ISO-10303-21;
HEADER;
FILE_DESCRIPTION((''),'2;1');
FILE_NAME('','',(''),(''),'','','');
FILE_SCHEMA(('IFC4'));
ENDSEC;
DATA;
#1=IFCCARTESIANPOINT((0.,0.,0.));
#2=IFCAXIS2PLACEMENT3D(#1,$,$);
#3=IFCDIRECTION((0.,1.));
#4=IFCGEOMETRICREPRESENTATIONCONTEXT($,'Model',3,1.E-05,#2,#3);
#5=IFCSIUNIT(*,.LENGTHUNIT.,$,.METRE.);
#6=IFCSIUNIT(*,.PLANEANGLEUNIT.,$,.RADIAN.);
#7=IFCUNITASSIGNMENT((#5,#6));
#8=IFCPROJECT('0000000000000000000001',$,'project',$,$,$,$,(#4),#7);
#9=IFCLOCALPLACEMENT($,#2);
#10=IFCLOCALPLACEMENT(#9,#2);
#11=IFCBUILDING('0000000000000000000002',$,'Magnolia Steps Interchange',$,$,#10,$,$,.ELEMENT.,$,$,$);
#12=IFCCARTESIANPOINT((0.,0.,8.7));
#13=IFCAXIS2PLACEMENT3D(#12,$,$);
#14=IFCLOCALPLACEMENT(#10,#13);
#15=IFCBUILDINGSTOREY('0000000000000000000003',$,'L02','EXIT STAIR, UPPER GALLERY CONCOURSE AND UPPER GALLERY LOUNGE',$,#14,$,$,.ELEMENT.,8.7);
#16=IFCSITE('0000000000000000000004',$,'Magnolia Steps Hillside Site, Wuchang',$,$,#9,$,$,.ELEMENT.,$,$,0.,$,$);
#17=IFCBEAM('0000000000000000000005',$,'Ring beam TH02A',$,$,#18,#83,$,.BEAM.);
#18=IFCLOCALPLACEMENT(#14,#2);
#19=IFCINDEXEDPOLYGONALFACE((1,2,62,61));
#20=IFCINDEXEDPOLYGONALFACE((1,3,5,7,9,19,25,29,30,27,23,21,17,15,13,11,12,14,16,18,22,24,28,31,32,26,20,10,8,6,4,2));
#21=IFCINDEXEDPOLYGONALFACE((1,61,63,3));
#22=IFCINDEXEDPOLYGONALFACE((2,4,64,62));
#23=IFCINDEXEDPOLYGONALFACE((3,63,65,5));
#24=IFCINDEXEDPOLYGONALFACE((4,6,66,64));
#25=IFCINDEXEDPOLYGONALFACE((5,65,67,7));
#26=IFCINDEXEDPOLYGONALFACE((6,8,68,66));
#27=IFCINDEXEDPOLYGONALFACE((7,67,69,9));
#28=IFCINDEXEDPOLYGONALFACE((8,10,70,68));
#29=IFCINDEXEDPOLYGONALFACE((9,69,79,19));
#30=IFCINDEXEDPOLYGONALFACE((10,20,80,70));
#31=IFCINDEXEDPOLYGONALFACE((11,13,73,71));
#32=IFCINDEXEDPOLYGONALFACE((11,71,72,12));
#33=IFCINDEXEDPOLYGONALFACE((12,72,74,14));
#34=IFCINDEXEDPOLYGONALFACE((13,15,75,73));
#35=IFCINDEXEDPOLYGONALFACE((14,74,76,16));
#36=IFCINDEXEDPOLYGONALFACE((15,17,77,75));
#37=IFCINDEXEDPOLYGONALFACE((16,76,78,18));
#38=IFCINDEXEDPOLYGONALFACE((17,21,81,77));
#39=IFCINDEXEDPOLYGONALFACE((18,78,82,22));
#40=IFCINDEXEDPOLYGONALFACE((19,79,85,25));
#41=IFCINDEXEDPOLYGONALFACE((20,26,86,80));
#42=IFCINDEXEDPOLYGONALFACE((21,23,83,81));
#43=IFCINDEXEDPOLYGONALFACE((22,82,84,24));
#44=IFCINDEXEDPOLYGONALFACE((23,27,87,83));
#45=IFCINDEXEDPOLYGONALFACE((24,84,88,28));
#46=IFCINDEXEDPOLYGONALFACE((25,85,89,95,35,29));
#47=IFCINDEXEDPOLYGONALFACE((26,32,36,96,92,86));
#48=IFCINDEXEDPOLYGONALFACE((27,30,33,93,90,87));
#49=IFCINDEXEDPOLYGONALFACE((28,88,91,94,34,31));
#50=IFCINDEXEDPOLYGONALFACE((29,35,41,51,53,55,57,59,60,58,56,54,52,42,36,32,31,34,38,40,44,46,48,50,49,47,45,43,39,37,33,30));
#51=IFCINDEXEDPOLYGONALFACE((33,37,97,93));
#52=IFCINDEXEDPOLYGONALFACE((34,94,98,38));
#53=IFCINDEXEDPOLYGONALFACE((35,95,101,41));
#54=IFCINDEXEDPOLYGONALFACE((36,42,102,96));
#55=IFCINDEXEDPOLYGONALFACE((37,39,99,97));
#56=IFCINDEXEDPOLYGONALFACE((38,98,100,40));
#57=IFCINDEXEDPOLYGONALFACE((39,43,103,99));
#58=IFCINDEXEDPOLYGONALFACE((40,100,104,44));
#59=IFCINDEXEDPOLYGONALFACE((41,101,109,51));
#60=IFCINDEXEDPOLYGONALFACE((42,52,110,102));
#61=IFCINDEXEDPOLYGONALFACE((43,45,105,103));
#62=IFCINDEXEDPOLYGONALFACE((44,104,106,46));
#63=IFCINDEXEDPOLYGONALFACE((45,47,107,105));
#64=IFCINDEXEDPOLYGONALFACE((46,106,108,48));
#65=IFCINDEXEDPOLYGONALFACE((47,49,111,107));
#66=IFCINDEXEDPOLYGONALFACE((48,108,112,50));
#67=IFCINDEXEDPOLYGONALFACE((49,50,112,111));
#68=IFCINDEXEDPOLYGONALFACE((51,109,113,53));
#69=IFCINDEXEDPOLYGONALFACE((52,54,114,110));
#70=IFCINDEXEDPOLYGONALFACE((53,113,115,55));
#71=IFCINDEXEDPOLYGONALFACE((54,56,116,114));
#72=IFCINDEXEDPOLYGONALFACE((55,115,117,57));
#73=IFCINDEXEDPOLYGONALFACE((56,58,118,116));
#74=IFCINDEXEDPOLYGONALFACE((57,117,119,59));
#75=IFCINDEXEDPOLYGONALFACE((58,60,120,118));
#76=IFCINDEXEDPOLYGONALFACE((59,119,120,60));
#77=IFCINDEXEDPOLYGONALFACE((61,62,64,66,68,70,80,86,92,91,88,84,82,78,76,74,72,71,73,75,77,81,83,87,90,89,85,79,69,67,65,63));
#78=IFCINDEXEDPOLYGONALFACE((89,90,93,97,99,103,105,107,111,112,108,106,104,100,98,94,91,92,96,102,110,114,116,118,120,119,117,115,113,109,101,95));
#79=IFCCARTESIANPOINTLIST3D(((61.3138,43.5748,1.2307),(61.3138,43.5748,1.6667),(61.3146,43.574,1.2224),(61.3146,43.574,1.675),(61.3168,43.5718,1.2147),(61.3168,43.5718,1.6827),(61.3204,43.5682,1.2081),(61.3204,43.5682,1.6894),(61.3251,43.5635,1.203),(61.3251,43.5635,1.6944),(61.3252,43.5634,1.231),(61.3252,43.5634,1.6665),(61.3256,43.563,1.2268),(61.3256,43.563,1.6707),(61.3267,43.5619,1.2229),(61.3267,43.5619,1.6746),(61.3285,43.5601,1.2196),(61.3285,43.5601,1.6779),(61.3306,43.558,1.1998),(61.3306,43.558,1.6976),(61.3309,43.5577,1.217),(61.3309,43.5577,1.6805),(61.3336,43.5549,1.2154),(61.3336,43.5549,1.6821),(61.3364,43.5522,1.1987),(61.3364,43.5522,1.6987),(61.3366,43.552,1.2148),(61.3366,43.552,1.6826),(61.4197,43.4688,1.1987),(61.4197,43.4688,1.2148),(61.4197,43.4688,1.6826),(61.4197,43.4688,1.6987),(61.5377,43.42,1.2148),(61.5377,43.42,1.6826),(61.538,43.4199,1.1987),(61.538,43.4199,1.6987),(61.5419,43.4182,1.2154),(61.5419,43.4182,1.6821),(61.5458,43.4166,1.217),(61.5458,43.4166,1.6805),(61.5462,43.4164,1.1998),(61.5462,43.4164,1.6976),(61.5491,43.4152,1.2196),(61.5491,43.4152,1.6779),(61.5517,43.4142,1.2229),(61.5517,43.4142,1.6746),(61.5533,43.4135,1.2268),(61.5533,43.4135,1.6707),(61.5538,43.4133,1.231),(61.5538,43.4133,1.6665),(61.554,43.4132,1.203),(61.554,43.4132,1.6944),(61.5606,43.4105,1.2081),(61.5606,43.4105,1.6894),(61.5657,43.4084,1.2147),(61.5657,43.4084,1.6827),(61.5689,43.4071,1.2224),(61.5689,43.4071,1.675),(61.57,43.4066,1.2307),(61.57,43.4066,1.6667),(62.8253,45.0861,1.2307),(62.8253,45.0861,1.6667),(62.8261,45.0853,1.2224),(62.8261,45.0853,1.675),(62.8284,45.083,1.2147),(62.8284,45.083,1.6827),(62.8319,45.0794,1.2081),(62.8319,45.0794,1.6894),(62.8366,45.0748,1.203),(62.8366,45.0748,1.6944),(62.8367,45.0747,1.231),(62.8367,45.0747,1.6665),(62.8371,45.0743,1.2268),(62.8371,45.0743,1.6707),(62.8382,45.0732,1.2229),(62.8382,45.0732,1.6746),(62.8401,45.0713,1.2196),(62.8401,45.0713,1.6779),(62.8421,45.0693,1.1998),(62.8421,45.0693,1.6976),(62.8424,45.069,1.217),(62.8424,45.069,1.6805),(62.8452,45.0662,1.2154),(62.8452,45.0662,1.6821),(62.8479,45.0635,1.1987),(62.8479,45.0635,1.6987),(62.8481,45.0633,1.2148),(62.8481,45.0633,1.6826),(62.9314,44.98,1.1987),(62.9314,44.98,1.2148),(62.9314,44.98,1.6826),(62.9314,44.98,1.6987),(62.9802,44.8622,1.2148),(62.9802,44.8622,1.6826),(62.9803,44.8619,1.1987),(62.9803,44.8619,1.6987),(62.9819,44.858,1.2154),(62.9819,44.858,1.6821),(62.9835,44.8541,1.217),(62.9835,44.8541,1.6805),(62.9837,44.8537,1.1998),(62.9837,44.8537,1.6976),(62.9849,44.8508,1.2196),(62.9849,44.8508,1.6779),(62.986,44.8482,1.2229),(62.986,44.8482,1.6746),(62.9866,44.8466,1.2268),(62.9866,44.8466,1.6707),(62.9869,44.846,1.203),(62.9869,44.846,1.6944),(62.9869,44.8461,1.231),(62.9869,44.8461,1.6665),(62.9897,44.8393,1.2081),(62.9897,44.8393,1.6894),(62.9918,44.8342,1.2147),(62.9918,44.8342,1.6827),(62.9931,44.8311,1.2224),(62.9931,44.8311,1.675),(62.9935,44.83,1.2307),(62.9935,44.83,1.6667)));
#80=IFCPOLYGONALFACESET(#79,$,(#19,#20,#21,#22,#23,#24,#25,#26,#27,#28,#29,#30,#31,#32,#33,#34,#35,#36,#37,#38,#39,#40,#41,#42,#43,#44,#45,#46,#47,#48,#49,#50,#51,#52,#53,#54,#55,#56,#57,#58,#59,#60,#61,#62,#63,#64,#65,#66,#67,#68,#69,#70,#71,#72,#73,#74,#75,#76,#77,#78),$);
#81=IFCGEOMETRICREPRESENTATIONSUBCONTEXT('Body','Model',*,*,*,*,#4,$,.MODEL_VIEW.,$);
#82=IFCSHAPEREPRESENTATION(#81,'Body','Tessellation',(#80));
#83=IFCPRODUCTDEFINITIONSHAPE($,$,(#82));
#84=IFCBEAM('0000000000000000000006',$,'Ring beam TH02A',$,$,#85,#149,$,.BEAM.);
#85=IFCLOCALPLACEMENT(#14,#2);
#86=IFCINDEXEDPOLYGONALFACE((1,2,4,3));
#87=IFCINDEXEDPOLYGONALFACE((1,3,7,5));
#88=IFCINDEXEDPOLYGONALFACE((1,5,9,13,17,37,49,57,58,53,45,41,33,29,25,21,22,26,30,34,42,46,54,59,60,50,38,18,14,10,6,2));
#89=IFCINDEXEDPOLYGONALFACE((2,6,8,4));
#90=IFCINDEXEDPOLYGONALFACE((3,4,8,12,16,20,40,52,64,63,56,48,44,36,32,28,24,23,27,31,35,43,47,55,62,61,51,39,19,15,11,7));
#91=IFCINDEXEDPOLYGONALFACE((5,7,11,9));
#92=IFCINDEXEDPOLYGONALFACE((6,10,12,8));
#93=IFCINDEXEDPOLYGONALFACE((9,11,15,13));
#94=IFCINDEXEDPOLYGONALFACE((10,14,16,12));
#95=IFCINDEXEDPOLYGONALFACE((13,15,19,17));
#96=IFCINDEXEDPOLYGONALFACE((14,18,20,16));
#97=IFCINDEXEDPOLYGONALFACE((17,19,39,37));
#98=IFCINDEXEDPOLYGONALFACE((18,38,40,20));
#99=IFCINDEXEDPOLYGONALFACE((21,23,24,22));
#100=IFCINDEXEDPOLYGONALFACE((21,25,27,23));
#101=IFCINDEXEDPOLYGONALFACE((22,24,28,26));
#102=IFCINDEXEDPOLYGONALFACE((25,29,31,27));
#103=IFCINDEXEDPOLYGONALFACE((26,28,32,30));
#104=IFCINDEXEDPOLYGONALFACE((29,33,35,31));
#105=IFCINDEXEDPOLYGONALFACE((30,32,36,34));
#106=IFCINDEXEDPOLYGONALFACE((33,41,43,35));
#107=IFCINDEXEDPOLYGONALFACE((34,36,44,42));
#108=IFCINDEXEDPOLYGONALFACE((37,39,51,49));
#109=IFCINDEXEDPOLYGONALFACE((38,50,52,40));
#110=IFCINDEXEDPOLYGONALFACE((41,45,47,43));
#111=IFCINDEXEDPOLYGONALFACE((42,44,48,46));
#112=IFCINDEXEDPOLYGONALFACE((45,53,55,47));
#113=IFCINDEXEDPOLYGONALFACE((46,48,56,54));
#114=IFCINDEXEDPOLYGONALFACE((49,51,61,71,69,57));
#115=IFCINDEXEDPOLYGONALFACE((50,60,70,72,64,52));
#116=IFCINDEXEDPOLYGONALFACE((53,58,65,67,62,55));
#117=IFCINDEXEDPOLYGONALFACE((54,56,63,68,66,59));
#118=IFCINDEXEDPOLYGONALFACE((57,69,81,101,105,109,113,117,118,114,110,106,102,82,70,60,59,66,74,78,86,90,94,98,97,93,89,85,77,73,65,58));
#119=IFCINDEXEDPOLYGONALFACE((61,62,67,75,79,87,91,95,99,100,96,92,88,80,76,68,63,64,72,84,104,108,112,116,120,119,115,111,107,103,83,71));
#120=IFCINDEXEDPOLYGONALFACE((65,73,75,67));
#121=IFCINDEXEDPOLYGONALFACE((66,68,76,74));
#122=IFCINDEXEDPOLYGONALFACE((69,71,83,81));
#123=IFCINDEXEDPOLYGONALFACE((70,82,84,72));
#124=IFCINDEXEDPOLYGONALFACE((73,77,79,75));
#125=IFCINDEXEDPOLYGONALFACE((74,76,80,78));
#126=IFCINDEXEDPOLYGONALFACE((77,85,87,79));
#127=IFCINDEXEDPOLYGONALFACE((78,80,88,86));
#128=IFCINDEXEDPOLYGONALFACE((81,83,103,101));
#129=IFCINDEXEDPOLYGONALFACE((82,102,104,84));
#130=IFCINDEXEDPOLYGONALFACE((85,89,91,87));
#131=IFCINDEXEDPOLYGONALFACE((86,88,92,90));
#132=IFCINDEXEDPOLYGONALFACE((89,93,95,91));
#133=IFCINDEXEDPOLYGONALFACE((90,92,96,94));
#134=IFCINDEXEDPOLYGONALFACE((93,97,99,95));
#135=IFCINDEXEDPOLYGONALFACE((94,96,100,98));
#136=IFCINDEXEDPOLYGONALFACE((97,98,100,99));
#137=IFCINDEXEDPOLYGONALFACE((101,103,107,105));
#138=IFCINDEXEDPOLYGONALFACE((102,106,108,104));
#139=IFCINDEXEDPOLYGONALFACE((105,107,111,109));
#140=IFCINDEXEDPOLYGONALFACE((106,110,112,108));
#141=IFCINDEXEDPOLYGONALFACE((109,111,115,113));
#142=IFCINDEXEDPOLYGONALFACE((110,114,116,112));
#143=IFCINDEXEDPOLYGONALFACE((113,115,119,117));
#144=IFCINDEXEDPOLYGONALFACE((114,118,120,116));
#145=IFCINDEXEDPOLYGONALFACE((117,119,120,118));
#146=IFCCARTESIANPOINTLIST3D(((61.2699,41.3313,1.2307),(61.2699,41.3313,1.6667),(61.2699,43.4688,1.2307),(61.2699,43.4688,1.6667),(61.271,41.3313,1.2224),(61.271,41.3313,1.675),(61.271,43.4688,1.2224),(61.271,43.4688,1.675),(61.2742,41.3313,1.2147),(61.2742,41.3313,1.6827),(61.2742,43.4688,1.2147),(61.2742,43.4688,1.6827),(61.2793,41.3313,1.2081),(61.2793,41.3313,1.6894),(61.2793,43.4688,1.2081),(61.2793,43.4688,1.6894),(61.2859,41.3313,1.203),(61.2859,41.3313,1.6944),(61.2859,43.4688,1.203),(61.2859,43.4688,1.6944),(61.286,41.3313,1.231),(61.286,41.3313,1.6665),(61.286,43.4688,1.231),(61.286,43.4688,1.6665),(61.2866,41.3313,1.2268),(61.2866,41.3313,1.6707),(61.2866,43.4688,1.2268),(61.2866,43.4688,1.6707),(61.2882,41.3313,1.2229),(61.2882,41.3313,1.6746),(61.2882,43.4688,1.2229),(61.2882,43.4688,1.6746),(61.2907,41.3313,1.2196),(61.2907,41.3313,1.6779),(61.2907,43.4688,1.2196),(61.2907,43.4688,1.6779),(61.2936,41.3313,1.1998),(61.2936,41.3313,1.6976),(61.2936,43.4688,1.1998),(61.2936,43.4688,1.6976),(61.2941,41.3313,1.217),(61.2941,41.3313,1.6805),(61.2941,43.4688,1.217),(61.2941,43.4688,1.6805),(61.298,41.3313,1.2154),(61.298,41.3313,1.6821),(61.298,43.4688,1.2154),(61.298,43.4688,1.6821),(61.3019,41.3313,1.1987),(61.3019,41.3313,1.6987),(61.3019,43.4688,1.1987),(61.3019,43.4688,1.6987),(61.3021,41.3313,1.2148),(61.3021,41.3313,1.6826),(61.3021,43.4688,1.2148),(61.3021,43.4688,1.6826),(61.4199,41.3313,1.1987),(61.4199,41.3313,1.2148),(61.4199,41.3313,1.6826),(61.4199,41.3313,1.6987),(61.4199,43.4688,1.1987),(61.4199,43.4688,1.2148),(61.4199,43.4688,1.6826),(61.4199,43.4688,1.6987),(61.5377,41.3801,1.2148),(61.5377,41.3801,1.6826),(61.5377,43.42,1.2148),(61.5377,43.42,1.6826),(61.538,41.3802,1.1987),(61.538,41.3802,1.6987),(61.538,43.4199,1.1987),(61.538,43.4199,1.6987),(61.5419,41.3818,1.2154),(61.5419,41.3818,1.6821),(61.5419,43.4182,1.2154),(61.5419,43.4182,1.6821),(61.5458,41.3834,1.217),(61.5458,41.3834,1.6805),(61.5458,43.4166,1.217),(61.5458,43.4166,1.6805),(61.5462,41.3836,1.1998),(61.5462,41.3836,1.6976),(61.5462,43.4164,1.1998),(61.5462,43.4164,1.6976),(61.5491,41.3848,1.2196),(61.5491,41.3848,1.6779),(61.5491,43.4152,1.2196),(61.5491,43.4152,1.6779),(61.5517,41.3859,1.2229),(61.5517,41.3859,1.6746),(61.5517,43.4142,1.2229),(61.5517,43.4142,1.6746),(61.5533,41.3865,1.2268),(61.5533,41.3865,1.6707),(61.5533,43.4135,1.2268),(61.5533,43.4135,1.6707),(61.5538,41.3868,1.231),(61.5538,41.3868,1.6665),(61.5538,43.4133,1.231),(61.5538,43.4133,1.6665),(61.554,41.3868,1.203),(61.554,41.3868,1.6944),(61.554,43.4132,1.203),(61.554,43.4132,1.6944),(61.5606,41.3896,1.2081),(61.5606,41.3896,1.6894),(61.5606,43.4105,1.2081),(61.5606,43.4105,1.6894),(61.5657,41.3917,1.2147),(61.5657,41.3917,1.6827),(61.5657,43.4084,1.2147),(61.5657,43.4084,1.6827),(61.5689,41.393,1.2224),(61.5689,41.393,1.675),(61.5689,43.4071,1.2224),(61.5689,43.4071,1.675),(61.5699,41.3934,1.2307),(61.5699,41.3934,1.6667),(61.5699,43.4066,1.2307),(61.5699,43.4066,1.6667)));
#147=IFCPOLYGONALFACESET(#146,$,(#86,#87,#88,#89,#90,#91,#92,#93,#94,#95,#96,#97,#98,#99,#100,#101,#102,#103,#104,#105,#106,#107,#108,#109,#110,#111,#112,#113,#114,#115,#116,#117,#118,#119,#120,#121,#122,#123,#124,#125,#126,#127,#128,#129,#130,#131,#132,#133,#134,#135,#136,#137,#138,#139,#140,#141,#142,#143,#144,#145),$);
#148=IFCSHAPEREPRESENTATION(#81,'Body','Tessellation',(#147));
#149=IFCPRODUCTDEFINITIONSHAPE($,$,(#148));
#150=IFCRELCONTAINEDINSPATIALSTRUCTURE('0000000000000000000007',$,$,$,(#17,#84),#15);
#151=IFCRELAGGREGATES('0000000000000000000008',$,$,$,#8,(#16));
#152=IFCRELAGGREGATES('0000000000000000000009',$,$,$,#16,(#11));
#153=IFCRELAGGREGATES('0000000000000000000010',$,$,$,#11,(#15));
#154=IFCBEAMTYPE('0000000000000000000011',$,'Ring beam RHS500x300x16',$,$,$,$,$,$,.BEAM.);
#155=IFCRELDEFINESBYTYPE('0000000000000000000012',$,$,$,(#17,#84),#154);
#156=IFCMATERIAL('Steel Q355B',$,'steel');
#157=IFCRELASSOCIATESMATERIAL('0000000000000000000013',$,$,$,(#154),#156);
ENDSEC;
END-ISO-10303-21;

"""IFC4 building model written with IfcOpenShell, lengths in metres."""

from ifc_helpers import new_model, si_unit, direction, frame, origin, origin_2d, place, context, subcontext, project, spatial, hollow_rectangle, extrude, clip, halfspace, material, material_profile, profile_set, type_object, element, save


model = new_model("IFC4")

# Units and contexts
model_context = context("Model", 3, precision=1e-05, world=origin(), true_north=direction((0.0, 1.0)))
body_context = subcontext(model_context, "Body", "Model", "MODEL_VIEW")
ifc_project = project(units=[si_unit("LENGTHUNIT", "METRE"), si_unit("PLANEANGLEUNIT", "RADIAN")], contexts=[model_context])

# Site, building, storey
site_placement = place(None, origin())
site = spatial("IfcSite", under=ifc_project, at=site_placement, Name="Magnolia Steps Hillside Site, Wuchang", CompositionType="ELEMENT", RefElevation=0.0)
building_placement = place(site_placement, origin())
building = spatial("IfcBuilding", under=site, at=building_placement, Name="Magnolia Steps Interchange", CompositionType="ELEMENT")
storey_placement = place(building_placement, frame((0.0, 0.0, 8.7)))
storey = spatial("IfcBuildingStorey", under=building, at=storey_placement, Name="L02", Description="EXIT STAIR, UPPER GALLERY CONCOURSE AND UPPER GALLERY LOUNGE", CompositionType="ELEMENT", Elevation=8.7)

# Beams
ifc_material_1 = material(Name="Steel Q355B", Category="steel")
ifc_material_profile_1 = material_profile(ifc_material_1, hollow_rectangle(XDim=0.3, YDim=0.5, WallThickness=0.0161, InnerFilletRadius=0.0161, OuterFilletRadius=0.032, at=origin_2d()), Name="RHS500x300x16")
ifc_profile_set_1 = profile_set([ifc_material_profile_1], Name="Steel Q355B")
beam_type_1 = type_object("IfcBeamType", Name="Ring beam RHS500x300x16", PredefinedType="BEAM", material=ifc_profile_set_1)
beam_1_placement = place(storey_placement, frame((62.9314, 44.98, 1.4487), z_axis=(-0.707164, -0.70705, 0.0), x_axis=(0.70705, -0.707164, 0.0)))
element("IfcBeam", 1, at=beam_1_placement, inside=storey, type_object=beam_type_1, Name="Ring beam TH02A", PredefinedType="BEAM", context=body_context, shape_type="Clipping", body=[
    clip(clip(extrude(hollow_rectangle(XDim=0.3, YDim=0.5, WallThickness=0.0161, InnerFilletRadius=0.0161, OuterFilletRadius=0.032, at=origin_2d()), origin(), (0.0, 0.0, 1.0), 2.1375), halfspace(frame((0.0, 0.0, 0.0), z_axis=(0.382609, 0.0, -0.92391), x_axis=(0.92391, 0.0, 0.382609)), False)), halfspace(frame((0.0, 0.0, 2.1374), z_axis=(0.382758, 0.0, 0.923849), x_axis=(0.923849, 0.0, -0.382758)), False)),
])
beam_2_placement = place(storey_placement, frame((61.4199, 43.4688, 1.4487), z_axis=(0.0, -1.0, 0.0), x_axis=(1.0, 0.0, 0.0)))
element("IfcBeam", 2, at=beam_2_placement, inside=storey, type_object=beam_type_1, Name="Ring beam TH02A", PredefinedType="BEAM", context=body_context, shape_type="Clipping", body=[
    clip(clip(extrude(hollow_rectangle(XDim=0.3, YDim=0.5, WallThickness=0.0161, InnerFilletRadius=0.0161, OuterFilletRadius=0.032, at=origin_2d()), origin(), (0.0, 0.0, 1.0), 2.1375), halfspace(frame((0.0, 0.0, 0.0), z_axis=(0.382683, 0.0, -0.92388), x_axis=(0.92388, 0.0, 0.382683)), False)), halfspace(frame((0.0, 0.0, 2.1375), z_axis=(0.382683, 0.0, 0.92388), x_axis=(0.92388, 0.0, -0.382683)), False)),
])

save(model, "model.ifc")
